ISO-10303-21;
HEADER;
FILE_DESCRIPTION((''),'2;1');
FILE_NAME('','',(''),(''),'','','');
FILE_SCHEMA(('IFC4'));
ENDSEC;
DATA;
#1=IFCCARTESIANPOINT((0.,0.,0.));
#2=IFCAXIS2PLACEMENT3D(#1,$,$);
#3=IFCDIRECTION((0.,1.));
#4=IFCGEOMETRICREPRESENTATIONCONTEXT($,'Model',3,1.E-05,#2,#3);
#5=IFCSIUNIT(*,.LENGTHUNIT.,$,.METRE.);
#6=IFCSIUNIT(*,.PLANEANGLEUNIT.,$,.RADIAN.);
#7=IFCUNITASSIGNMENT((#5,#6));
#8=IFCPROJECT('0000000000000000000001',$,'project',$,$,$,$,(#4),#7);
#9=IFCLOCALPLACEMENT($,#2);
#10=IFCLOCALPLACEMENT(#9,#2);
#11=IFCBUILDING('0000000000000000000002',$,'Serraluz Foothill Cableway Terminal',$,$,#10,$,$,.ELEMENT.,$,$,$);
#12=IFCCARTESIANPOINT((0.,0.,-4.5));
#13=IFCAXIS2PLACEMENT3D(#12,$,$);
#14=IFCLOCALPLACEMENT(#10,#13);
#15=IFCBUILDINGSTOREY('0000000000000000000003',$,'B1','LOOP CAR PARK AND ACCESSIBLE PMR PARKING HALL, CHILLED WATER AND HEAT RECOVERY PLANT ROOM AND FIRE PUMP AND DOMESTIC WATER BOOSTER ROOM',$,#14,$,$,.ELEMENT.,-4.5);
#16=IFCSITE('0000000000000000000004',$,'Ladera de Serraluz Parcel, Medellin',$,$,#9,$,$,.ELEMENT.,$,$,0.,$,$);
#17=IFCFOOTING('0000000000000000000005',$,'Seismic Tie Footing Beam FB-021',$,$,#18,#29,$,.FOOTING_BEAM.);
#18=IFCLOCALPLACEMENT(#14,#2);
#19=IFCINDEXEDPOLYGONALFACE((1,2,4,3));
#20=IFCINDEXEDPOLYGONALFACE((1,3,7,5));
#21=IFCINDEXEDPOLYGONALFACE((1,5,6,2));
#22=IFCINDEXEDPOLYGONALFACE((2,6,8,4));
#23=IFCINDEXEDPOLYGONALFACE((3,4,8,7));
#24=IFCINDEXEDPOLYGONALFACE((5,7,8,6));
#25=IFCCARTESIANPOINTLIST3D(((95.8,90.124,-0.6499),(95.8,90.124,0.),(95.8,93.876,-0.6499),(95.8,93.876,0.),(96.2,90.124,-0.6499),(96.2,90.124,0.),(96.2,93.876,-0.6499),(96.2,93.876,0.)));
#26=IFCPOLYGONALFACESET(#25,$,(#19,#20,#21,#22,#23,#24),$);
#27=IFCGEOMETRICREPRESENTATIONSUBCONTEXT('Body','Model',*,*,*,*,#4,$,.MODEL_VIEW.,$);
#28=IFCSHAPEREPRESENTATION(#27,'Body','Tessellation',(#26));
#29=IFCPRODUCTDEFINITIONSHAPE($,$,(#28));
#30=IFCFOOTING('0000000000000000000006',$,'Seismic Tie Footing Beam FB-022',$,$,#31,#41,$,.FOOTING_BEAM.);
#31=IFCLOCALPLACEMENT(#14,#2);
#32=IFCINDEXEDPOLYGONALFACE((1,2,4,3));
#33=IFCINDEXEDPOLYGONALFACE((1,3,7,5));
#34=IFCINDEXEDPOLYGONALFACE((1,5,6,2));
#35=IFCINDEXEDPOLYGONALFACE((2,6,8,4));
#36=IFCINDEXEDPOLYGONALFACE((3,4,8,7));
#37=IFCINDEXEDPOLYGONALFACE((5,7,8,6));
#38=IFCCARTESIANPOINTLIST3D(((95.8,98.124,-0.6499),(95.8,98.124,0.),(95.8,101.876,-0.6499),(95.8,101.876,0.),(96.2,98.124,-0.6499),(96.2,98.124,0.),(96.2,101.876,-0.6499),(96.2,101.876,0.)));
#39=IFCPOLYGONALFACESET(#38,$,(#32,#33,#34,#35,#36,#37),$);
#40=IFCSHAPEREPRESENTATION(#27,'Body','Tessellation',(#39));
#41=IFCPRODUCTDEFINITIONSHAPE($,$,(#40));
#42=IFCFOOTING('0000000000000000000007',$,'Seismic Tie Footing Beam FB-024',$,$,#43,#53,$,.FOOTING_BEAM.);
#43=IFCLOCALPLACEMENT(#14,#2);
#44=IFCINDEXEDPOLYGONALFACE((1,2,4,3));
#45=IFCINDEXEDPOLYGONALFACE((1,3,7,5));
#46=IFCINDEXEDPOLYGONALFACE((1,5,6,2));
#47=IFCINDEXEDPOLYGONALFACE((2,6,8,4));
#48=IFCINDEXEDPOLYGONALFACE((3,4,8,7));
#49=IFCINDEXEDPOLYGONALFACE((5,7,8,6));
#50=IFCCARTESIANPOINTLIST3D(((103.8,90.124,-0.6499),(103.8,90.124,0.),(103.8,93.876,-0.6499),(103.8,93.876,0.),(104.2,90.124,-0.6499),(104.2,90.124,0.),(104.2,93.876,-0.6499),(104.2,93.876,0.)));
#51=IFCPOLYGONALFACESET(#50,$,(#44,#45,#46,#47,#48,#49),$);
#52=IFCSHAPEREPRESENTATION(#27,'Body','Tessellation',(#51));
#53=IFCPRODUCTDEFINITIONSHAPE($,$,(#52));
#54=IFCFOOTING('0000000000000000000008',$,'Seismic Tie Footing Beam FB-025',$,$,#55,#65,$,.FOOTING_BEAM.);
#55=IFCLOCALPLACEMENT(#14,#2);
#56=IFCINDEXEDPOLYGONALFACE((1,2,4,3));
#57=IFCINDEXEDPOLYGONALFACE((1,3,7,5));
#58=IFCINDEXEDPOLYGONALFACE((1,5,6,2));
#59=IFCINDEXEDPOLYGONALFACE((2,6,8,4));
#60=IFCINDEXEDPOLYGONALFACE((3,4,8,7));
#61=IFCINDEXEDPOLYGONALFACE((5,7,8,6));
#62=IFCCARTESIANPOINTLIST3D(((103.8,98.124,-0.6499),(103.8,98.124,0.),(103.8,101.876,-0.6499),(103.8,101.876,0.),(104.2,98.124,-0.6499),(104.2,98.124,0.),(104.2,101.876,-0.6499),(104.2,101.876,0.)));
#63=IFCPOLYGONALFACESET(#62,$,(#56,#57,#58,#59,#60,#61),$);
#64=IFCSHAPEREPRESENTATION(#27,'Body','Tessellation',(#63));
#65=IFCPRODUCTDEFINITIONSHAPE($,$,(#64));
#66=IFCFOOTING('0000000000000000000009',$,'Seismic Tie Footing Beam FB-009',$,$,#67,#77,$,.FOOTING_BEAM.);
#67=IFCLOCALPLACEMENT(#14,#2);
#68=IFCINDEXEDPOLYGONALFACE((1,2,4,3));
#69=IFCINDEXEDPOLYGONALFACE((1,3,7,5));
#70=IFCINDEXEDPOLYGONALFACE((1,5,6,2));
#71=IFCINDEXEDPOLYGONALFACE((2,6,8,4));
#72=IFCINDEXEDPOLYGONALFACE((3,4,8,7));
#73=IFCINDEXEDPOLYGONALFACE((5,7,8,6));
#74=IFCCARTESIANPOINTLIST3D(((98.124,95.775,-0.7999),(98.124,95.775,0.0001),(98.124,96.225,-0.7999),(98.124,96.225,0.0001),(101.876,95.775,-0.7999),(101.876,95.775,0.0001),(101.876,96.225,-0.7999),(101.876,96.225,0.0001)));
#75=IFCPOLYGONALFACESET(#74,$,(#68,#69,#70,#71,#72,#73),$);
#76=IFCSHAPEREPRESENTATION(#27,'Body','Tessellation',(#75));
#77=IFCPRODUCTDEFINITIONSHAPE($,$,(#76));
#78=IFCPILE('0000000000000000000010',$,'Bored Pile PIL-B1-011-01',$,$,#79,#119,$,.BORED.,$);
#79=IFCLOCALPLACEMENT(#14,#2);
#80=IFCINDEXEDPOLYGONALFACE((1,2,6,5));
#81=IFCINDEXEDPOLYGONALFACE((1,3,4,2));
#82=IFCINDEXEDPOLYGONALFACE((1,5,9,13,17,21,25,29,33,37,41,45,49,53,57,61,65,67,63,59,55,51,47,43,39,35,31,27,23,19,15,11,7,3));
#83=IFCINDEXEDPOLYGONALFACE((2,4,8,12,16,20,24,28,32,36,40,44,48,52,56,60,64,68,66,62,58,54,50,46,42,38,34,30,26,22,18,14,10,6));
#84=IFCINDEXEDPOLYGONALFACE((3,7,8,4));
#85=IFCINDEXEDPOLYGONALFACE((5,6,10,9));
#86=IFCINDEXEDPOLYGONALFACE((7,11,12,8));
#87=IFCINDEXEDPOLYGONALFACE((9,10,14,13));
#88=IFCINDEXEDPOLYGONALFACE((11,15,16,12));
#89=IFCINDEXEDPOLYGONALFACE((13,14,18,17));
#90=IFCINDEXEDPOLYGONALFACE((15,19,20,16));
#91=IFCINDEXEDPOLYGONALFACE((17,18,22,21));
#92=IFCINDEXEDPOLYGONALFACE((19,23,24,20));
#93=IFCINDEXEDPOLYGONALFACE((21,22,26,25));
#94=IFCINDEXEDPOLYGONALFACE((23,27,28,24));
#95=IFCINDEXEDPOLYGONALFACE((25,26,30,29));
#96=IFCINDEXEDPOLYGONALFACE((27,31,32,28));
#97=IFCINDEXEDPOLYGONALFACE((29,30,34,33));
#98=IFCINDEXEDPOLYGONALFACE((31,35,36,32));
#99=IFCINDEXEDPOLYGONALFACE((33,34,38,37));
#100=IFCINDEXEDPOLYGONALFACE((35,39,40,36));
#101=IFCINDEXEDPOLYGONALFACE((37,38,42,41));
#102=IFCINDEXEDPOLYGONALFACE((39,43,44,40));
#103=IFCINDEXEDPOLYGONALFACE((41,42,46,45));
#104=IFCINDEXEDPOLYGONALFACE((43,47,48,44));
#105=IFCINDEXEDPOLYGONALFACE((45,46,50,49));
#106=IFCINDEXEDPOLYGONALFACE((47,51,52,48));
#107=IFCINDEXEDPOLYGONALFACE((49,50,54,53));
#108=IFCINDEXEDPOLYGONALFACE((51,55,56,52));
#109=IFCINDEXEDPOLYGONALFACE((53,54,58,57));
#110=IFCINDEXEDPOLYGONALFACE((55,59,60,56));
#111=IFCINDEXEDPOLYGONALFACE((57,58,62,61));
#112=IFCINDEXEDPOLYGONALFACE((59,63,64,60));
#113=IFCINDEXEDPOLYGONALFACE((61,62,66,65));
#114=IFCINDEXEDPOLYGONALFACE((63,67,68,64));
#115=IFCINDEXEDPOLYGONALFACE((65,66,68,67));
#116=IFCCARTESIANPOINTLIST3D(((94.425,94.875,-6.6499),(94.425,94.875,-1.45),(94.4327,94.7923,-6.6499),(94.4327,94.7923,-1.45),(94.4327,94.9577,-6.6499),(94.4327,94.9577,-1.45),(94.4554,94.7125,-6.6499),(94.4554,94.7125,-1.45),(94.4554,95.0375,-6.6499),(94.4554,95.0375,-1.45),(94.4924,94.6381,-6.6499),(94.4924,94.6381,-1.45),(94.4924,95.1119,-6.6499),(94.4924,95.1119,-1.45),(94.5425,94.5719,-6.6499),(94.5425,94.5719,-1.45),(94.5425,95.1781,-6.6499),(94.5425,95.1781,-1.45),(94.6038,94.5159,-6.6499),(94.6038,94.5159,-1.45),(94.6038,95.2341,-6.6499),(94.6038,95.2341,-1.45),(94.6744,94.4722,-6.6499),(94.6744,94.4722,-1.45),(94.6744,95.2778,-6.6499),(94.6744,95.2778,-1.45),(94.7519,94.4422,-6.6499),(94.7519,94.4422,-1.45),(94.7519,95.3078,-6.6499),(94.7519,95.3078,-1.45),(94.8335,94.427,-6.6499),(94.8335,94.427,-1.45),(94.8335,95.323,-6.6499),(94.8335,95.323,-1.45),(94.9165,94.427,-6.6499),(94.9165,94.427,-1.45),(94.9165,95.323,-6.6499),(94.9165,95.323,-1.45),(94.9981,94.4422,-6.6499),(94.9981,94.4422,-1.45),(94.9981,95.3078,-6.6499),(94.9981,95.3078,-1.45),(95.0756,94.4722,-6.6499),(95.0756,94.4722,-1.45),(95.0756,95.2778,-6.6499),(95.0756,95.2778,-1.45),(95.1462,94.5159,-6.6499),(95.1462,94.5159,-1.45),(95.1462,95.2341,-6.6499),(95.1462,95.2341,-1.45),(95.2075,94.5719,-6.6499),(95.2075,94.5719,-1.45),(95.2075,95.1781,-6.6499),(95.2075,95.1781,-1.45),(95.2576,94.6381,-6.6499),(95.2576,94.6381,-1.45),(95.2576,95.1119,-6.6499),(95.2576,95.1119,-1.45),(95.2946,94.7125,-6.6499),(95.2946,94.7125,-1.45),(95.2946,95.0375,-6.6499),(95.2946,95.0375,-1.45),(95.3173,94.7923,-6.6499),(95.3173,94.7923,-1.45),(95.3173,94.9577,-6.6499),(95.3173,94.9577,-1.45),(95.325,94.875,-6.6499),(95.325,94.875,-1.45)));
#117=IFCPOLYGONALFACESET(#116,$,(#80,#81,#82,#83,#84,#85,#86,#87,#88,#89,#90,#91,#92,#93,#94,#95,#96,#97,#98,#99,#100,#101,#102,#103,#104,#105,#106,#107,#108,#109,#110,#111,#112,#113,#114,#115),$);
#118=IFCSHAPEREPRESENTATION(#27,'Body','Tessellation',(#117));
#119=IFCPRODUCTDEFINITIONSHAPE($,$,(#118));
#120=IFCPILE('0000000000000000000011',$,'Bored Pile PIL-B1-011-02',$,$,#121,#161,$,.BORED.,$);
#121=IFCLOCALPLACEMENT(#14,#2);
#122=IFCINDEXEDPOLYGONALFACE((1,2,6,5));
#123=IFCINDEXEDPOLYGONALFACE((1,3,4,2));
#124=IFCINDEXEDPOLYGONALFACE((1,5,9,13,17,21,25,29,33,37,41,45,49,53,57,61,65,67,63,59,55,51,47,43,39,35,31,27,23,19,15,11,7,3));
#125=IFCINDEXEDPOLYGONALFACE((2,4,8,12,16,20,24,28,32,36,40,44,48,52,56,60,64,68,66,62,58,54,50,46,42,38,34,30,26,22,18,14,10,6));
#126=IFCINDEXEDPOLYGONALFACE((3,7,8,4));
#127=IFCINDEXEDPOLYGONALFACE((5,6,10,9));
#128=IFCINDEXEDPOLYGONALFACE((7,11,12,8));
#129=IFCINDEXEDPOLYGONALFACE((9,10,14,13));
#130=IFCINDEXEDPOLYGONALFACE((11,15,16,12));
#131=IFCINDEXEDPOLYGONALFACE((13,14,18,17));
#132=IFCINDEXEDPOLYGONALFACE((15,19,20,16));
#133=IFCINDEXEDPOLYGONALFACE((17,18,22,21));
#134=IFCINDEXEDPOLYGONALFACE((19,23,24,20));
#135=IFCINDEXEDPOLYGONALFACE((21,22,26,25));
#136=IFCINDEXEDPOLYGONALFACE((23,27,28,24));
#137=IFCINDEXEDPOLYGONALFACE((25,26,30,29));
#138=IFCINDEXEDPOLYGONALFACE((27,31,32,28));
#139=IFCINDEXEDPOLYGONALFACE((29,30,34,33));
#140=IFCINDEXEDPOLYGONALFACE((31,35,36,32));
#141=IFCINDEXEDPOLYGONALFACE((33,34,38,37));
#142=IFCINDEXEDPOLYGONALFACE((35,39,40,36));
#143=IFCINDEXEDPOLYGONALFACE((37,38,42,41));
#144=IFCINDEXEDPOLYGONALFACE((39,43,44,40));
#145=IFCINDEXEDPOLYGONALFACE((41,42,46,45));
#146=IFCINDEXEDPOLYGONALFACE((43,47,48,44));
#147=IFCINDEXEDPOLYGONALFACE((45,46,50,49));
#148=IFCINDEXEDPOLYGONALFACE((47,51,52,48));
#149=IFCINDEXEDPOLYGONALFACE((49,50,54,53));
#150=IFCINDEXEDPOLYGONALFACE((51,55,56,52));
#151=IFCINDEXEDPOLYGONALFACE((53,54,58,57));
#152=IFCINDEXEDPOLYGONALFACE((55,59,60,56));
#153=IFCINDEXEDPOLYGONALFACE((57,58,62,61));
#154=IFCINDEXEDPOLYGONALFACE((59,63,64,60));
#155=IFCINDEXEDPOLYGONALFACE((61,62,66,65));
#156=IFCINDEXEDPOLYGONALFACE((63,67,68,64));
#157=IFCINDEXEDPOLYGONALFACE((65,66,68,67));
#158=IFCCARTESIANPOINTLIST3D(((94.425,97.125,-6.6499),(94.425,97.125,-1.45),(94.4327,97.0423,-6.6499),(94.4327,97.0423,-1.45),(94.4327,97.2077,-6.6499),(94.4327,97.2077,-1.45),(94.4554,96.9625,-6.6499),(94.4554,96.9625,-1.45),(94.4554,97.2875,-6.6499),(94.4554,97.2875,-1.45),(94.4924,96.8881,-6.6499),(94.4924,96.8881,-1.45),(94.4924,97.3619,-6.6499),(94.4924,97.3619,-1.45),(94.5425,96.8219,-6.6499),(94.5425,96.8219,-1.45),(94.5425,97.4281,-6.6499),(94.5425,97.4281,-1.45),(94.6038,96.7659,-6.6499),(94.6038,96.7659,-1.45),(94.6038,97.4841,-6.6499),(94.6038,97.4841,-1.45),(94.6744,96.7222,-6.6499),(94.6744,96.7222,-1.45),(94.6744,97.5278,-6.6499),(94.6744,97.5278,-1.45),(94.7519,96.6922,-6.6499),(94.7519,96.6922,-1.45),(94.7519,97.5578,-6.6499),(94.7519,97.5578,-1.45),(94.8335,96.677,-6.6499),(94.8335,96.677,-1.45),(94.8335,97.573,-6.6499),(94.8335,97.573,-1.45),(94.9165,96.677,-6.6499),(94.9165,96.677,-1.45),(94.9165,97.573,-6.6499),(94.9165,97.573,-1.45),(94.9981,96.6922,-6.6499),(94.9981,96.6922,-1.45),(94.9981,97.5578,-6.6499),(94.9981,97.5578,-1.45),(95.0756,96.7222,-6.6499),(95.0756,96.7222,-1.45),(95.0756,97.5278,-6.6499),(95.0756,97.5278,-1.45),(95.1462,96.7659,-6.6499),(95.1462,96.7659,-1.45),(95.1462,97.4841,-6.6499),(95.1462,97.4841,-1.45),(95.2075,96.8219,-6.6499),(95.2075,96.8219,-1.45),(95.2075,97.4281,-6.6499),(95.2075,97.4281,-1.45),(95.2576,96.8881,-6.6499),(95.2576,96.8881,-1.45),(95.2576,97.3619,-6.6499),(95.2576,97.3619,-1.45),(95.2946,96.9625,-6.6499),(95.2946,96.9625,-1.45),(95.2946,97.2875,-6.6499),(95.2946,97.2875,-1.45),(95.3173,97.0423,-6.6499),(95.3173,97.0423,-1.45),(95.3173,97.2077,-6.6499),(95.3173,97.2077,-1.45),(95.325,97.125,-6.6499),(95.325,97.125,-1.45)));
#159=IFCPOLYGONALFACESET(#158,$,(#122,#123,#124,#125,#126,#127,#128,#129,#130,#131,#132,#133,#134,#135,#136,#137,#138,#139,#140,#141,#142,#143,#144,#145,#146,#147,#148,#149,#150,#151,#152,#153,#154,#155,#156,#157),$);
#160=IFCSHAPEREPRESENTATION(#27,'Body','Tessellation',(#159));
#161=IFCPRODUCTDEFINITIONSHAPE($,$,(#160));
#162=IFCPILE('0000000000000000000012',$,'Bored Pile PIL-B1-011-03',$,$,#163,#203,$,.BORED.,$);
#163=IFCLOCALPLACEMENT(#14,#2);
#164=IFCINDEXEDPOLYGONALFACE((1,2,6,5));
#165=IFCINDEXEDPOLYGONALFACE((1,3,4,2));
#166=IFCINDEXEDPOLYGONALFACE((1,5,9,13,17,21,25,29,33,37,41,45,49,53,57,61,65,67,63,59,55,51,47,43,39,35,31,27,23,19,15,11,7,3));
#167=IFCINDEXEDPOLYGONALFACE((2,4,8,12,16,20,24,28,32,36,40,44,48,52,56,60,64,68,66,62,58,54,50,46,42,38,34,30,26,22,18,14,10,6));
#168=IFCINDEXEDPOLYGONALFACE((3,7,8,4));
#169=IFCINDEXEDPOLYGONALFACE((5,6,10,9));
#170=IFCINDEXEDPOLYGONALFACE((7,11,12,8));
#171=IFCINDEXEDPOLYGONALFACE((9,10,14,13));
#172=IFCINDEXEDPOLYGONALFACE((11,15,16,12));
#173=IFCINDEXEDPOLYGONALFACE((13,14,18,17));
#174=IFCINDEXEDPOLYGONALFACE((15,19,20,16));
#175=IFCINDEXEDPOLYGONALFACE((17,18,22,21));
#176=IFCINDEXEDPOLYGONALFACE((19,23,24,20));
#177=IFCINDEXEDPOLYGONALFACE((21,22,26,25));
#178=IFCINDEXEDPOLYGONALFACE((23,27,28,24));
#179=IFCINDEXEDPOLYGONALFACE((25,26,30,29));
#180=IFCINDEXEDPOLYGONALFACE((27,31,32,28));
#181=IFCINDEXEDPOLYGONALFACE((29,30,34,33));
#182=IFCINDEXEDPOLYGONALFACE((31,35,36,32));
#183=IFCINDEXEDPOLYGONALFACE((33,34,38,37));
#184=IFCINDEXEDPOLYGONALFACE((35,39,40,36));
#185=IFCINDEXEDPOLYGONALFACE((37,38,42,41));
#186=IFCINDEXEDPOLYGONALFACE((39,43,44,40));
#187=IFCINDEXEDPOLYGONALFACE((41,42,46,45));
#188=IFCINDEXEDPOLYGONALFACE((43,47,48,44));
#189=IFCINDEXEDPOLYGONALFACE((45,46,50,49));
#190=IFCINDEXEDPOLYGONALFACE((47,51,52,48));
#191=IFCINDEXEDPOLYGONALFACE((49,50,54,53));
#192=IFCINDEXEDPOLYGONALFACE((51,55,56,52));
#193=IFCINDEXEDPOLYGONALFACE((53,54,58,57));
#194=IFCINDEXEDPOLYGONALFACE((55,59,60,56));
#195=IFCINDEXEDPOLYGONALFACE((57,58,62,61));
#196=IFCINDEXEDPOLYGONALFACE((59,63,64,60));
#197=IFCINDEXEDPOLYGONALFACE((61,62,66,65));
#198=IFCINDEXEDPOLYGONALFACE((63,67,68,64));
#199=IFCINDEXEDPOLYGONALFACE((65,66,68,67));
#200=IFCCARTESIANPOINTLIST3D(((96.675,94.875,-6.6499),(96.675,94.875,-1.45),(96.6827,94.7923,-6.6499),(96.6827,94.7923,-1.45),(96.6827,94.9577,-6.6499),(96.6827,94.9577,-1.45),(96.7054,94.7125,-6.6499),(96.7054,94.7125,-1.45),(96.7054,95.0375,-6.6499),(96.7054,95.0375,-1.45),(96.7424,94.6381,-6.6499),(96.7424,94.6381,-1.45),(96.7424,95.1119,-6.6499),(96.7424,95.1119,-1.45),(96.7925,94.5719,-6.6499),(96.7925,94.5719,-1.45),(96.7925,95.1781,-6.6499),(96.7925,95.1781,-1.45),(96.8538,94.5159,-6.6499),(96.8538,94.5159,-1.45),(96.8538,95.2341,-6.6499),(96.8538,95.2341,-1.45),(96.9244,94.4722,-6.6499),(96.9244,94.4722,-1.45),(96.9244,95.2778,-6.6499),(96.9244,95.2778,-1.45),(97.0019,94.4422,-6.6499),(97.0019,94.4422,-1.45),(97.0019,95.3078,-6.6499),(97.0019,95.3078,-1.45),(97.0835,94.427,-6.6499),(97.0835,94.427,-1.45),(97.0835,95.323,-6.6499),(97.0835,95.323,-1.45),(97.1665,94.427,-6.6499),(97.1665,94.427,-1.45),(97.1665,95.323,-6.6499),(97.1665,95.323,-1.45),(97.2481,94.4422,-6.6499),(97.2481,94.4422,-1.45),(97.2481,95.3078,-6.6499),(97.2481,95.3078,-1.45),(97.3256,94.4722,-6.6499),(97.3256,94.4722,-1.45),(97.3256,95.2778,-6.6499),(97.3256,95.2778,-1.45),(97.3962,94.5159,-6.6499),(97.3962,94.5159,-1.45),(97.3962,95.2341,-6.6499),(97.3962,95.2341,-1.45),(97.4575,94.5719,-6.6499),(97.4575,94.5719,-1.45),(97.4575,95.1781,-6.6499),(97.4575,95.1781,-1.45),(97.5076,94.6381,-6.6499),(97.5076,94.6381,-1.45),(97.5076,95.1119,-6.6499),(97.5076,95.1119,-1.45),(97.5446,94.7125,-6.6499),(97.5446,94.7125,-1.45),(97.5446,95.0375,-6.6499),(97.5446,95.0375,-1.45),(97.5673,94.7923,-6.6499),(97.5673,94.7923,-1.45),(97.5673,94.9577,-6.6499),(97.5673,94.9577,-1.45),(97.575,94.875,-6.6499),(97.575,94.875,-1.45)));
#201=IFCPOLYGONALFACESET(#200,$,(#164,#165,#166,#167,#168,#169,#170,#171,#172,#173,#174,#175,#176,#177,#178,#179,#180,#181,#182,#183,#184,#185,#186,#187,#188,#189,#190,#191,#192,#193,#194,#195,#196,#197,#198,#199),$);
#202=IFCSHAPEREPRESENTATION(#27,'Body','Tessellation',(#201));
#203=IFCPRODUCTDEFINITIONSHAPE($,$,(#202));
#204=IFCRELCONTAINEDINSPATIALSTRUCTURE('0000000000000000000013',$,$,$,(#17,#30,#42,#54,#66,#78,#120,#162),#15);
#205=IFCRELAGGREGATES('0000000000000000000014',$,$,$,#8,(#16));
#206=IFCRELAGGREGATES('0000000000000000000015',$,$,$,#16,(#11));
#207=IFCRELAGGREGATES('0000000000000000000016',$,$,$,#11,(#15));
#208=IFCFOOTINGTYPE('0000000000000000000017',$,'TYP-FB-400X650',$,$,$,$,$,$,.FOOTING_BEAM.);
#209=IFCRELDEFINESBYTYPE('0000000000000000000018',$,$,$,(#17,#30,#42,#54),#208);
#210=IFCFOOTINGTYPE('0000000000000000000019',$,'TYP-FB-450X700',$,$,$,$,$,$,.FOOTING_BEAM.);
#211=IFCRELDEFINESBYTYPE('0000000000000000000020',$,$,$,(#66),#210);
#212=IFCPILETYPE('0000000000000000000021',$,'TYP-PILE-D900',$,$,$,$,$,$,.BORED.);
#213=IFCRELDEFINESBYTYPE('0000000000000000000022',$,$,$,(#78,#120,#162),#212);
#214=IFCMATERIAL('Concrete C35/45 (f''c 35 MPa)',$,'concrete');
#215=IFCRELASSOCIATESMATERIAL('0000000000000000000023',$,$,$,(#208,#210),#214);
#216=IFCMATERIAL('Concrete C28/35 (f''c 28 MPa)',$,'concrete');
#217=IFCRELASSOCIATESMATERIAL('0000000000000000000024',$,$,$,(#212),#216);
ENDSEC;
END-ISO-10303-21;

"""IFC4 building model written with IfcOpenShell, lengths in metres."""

from ifc_helpers import new_model, si_unit, direction, frame, origin, origin_2d, place, context, subcontext, project, spatial, rectangle, circle, extrude, material, material_profile, profile_set, type_object, element, save


model = new_model("IFC4")

# Units and contexts
model_context = context("Model", 3, precision=1e-05, world=origin(), true_north=direction((0.0, 1.0)))
body_context = subcontext(model_context, "Body", "Model", "MODEL_VIEW")
ifc_project = project(units=[si_unit("LENGTHUNIT", "METRE"), si_unit("PLANEANGLEUNIT", "RADIAN")], contexts=[model_context])

# Site, building, storey
site_placement = place(None, origin())
site = spatial("IfcSite", under=ifc_project, at=site_placement, Name="Ladera de Serraluz Parcel, Medellin", CompositionType="ELEMENT", RefElevation=0.0)
building_placement = place(site_placement, origin())
building = spatial("IfcBuilding", under=site, at=building_placement, Name="Serraluz Foothill Cableway Terminal", CompositionType="ELEMENT")
storey_placement = place(building_placement, frame((0.0, 0.0, -4.5)))
storey = spatial("IfcBuildingStorey", under=building, at=storey_placement, Name="B1", Description="LOOP CAR PARK AND ACCESSIBLE PMR PARKING HALL, CHILLED WATER AND HEAT RECOVERY PLANT ROOM AND FIRE PUMP AND DOMESTIC WATER BOOSTER ROOM", CompositionType="ELEMENT", Elevation=-4.5)

# Footings
ifc_material_1 = material(Name="Concrete C35/45 (f'c 35 MPa)", Category="concrete")
ifc_material_profile_1 = material_profile(ifc_material_1, rectangle(XDim=0.3999, YDim=0.6499, at=origin_2d()), Name="RC 400x650")
ifc_profile_set_1 = profile_set([ifc_material_profile_1], Name="Concrete C35/45 (f'c 35 MPa)")
footing_type_1 = type_object("IfcFootingType", Name="TYP-FB-400X650", PredefinedType="FOOTING_BEAM", material=ifc_profile_set_1)
for number, where, z_axis, x_axis, name in (
    (1, (96.0, 90.124, -0.325), (0.0, 1.0, 0.0), (-1.0, 0.0, 0.0), "Seismic Tie Footing Beam FB-021"),
    (2, (96.0, 98.124, -0.325), (0.0, 1.0, 0.0), (-1.0, 0.0, 0.0), "Seismic Tie Footing Beam FB-022"),
    (3, (104.0, 90.124, -0.325), (0.0, 1.0, 0.0), (-1.0, 0.0, 0.0), "Seismic Tie Footing Beam FB-024"),
    (4, (104.0, 98.124, -0.325), (0.0, 1.0, 0.0), (-1.0, 0.0, 0.0), "Seismic Tie Footing Beam FB-025"),
):
    element("IfcFooting", number, at=place(storey_placement, frame(where, z_axis=z_axis, x_axis=x_axis)), inside=storey, type_object=footing_type_1, Name=name, PredefinedType="FOOTING_BEAM", context=body_context, shape_type="SweptSolid", body=[
        extrude(rectangle(XDim=0.3999, YDim=0.6499, at=origin_2d()), origin(), (0.0, 0.0, 1.0), 3.752),
    ])
ifc_material_profile_2 = material_profile(ifc_material_1, rectangle(XDim=0.45, YDim=0.8, at=origin_2d()), Name="RC 450x800")
ifc_profile_set_2 = profile_set([ifc_material_profile_2], Name="Concrete C35/45 (f'c 35 MPa)")
footing_type_2 = type_object("IfcFootingType", Name="TYP-FB-450X700", PredefinedType="FOOTING_BEAM", material=ifc_profile_set_2)
footing_placement = place(storey_placement, frame((98.124, 96.0, -0.3999), z_axis=(1.0, 0.0, 0.0), x_axis=(0.0, 1.0, 0.0)))
element("IfcFooting", 5, at=footing_placement, inside=storey, type_object=footing_type_2, Name="Seismic Tie Footing Beam FB-009", PredefinedType="FOOTING_BEAM", context=body_context, shape_type="SweptSolid", body=[
    extrude(rectangle(XDim=0.45, YDim=0.8, at=origin_2d()), origin(), (0.0, 0.0, 1.0), 3.752),
])

# Piles
ifc_material_2 = material(Name="Concrete C28/35 (f'c 28 MPa)", Category="concrete")
ifc_material_profile_3 = material_profile(ifc_material_2, circle(Radius=0.45, at=origin_2d()), Name="BORED PILE D900")
ifc_profile_set_3 = profile_set([ifc_material_profile_3], Name="Concrete C28/35 (f'c 28 MPa)")
pile_type = type_object("IfcPileType", Name="TYP-PILE-D900", PredefinedType="BORED", material=ifc_profile_set_3)
for number, where, z_axis, x_axis, name in (
    (6, (94.875, 94.875, -1.45), (0.0, 0.0, -1.0), (1.0, 0.0, 0.0), "Bored Pile PIL-B1-011-01"),
    (7, (94.875, 97.125, -1.45), (0.0, 0.0, -1.0), (1.0, 0.0, 0.0), "Bored Pile PIL-B1-011-02"),
    (8, (97.125, 94.875, -1.45), (0.0, 0.0, -1.0), (1.0, 0.0, 0.0), "Bored Pile PIL-B1-011-03"),
):
    element("IfcPile", number, at=place(storey_placement, frame(where, z_axis=z_axis, x_axis=x_axis)), inside=storey, type_object=pile_type, Name=name, PredefinedType="BORED", context=body_context, shape_type="SweptSolid", body=[
        extrude(circle(Radius=0.45, at=origin_2d()), origin(), (0.0, 0.0, 1.0), 5.2),
    ])

save(model, "model.ifc")
